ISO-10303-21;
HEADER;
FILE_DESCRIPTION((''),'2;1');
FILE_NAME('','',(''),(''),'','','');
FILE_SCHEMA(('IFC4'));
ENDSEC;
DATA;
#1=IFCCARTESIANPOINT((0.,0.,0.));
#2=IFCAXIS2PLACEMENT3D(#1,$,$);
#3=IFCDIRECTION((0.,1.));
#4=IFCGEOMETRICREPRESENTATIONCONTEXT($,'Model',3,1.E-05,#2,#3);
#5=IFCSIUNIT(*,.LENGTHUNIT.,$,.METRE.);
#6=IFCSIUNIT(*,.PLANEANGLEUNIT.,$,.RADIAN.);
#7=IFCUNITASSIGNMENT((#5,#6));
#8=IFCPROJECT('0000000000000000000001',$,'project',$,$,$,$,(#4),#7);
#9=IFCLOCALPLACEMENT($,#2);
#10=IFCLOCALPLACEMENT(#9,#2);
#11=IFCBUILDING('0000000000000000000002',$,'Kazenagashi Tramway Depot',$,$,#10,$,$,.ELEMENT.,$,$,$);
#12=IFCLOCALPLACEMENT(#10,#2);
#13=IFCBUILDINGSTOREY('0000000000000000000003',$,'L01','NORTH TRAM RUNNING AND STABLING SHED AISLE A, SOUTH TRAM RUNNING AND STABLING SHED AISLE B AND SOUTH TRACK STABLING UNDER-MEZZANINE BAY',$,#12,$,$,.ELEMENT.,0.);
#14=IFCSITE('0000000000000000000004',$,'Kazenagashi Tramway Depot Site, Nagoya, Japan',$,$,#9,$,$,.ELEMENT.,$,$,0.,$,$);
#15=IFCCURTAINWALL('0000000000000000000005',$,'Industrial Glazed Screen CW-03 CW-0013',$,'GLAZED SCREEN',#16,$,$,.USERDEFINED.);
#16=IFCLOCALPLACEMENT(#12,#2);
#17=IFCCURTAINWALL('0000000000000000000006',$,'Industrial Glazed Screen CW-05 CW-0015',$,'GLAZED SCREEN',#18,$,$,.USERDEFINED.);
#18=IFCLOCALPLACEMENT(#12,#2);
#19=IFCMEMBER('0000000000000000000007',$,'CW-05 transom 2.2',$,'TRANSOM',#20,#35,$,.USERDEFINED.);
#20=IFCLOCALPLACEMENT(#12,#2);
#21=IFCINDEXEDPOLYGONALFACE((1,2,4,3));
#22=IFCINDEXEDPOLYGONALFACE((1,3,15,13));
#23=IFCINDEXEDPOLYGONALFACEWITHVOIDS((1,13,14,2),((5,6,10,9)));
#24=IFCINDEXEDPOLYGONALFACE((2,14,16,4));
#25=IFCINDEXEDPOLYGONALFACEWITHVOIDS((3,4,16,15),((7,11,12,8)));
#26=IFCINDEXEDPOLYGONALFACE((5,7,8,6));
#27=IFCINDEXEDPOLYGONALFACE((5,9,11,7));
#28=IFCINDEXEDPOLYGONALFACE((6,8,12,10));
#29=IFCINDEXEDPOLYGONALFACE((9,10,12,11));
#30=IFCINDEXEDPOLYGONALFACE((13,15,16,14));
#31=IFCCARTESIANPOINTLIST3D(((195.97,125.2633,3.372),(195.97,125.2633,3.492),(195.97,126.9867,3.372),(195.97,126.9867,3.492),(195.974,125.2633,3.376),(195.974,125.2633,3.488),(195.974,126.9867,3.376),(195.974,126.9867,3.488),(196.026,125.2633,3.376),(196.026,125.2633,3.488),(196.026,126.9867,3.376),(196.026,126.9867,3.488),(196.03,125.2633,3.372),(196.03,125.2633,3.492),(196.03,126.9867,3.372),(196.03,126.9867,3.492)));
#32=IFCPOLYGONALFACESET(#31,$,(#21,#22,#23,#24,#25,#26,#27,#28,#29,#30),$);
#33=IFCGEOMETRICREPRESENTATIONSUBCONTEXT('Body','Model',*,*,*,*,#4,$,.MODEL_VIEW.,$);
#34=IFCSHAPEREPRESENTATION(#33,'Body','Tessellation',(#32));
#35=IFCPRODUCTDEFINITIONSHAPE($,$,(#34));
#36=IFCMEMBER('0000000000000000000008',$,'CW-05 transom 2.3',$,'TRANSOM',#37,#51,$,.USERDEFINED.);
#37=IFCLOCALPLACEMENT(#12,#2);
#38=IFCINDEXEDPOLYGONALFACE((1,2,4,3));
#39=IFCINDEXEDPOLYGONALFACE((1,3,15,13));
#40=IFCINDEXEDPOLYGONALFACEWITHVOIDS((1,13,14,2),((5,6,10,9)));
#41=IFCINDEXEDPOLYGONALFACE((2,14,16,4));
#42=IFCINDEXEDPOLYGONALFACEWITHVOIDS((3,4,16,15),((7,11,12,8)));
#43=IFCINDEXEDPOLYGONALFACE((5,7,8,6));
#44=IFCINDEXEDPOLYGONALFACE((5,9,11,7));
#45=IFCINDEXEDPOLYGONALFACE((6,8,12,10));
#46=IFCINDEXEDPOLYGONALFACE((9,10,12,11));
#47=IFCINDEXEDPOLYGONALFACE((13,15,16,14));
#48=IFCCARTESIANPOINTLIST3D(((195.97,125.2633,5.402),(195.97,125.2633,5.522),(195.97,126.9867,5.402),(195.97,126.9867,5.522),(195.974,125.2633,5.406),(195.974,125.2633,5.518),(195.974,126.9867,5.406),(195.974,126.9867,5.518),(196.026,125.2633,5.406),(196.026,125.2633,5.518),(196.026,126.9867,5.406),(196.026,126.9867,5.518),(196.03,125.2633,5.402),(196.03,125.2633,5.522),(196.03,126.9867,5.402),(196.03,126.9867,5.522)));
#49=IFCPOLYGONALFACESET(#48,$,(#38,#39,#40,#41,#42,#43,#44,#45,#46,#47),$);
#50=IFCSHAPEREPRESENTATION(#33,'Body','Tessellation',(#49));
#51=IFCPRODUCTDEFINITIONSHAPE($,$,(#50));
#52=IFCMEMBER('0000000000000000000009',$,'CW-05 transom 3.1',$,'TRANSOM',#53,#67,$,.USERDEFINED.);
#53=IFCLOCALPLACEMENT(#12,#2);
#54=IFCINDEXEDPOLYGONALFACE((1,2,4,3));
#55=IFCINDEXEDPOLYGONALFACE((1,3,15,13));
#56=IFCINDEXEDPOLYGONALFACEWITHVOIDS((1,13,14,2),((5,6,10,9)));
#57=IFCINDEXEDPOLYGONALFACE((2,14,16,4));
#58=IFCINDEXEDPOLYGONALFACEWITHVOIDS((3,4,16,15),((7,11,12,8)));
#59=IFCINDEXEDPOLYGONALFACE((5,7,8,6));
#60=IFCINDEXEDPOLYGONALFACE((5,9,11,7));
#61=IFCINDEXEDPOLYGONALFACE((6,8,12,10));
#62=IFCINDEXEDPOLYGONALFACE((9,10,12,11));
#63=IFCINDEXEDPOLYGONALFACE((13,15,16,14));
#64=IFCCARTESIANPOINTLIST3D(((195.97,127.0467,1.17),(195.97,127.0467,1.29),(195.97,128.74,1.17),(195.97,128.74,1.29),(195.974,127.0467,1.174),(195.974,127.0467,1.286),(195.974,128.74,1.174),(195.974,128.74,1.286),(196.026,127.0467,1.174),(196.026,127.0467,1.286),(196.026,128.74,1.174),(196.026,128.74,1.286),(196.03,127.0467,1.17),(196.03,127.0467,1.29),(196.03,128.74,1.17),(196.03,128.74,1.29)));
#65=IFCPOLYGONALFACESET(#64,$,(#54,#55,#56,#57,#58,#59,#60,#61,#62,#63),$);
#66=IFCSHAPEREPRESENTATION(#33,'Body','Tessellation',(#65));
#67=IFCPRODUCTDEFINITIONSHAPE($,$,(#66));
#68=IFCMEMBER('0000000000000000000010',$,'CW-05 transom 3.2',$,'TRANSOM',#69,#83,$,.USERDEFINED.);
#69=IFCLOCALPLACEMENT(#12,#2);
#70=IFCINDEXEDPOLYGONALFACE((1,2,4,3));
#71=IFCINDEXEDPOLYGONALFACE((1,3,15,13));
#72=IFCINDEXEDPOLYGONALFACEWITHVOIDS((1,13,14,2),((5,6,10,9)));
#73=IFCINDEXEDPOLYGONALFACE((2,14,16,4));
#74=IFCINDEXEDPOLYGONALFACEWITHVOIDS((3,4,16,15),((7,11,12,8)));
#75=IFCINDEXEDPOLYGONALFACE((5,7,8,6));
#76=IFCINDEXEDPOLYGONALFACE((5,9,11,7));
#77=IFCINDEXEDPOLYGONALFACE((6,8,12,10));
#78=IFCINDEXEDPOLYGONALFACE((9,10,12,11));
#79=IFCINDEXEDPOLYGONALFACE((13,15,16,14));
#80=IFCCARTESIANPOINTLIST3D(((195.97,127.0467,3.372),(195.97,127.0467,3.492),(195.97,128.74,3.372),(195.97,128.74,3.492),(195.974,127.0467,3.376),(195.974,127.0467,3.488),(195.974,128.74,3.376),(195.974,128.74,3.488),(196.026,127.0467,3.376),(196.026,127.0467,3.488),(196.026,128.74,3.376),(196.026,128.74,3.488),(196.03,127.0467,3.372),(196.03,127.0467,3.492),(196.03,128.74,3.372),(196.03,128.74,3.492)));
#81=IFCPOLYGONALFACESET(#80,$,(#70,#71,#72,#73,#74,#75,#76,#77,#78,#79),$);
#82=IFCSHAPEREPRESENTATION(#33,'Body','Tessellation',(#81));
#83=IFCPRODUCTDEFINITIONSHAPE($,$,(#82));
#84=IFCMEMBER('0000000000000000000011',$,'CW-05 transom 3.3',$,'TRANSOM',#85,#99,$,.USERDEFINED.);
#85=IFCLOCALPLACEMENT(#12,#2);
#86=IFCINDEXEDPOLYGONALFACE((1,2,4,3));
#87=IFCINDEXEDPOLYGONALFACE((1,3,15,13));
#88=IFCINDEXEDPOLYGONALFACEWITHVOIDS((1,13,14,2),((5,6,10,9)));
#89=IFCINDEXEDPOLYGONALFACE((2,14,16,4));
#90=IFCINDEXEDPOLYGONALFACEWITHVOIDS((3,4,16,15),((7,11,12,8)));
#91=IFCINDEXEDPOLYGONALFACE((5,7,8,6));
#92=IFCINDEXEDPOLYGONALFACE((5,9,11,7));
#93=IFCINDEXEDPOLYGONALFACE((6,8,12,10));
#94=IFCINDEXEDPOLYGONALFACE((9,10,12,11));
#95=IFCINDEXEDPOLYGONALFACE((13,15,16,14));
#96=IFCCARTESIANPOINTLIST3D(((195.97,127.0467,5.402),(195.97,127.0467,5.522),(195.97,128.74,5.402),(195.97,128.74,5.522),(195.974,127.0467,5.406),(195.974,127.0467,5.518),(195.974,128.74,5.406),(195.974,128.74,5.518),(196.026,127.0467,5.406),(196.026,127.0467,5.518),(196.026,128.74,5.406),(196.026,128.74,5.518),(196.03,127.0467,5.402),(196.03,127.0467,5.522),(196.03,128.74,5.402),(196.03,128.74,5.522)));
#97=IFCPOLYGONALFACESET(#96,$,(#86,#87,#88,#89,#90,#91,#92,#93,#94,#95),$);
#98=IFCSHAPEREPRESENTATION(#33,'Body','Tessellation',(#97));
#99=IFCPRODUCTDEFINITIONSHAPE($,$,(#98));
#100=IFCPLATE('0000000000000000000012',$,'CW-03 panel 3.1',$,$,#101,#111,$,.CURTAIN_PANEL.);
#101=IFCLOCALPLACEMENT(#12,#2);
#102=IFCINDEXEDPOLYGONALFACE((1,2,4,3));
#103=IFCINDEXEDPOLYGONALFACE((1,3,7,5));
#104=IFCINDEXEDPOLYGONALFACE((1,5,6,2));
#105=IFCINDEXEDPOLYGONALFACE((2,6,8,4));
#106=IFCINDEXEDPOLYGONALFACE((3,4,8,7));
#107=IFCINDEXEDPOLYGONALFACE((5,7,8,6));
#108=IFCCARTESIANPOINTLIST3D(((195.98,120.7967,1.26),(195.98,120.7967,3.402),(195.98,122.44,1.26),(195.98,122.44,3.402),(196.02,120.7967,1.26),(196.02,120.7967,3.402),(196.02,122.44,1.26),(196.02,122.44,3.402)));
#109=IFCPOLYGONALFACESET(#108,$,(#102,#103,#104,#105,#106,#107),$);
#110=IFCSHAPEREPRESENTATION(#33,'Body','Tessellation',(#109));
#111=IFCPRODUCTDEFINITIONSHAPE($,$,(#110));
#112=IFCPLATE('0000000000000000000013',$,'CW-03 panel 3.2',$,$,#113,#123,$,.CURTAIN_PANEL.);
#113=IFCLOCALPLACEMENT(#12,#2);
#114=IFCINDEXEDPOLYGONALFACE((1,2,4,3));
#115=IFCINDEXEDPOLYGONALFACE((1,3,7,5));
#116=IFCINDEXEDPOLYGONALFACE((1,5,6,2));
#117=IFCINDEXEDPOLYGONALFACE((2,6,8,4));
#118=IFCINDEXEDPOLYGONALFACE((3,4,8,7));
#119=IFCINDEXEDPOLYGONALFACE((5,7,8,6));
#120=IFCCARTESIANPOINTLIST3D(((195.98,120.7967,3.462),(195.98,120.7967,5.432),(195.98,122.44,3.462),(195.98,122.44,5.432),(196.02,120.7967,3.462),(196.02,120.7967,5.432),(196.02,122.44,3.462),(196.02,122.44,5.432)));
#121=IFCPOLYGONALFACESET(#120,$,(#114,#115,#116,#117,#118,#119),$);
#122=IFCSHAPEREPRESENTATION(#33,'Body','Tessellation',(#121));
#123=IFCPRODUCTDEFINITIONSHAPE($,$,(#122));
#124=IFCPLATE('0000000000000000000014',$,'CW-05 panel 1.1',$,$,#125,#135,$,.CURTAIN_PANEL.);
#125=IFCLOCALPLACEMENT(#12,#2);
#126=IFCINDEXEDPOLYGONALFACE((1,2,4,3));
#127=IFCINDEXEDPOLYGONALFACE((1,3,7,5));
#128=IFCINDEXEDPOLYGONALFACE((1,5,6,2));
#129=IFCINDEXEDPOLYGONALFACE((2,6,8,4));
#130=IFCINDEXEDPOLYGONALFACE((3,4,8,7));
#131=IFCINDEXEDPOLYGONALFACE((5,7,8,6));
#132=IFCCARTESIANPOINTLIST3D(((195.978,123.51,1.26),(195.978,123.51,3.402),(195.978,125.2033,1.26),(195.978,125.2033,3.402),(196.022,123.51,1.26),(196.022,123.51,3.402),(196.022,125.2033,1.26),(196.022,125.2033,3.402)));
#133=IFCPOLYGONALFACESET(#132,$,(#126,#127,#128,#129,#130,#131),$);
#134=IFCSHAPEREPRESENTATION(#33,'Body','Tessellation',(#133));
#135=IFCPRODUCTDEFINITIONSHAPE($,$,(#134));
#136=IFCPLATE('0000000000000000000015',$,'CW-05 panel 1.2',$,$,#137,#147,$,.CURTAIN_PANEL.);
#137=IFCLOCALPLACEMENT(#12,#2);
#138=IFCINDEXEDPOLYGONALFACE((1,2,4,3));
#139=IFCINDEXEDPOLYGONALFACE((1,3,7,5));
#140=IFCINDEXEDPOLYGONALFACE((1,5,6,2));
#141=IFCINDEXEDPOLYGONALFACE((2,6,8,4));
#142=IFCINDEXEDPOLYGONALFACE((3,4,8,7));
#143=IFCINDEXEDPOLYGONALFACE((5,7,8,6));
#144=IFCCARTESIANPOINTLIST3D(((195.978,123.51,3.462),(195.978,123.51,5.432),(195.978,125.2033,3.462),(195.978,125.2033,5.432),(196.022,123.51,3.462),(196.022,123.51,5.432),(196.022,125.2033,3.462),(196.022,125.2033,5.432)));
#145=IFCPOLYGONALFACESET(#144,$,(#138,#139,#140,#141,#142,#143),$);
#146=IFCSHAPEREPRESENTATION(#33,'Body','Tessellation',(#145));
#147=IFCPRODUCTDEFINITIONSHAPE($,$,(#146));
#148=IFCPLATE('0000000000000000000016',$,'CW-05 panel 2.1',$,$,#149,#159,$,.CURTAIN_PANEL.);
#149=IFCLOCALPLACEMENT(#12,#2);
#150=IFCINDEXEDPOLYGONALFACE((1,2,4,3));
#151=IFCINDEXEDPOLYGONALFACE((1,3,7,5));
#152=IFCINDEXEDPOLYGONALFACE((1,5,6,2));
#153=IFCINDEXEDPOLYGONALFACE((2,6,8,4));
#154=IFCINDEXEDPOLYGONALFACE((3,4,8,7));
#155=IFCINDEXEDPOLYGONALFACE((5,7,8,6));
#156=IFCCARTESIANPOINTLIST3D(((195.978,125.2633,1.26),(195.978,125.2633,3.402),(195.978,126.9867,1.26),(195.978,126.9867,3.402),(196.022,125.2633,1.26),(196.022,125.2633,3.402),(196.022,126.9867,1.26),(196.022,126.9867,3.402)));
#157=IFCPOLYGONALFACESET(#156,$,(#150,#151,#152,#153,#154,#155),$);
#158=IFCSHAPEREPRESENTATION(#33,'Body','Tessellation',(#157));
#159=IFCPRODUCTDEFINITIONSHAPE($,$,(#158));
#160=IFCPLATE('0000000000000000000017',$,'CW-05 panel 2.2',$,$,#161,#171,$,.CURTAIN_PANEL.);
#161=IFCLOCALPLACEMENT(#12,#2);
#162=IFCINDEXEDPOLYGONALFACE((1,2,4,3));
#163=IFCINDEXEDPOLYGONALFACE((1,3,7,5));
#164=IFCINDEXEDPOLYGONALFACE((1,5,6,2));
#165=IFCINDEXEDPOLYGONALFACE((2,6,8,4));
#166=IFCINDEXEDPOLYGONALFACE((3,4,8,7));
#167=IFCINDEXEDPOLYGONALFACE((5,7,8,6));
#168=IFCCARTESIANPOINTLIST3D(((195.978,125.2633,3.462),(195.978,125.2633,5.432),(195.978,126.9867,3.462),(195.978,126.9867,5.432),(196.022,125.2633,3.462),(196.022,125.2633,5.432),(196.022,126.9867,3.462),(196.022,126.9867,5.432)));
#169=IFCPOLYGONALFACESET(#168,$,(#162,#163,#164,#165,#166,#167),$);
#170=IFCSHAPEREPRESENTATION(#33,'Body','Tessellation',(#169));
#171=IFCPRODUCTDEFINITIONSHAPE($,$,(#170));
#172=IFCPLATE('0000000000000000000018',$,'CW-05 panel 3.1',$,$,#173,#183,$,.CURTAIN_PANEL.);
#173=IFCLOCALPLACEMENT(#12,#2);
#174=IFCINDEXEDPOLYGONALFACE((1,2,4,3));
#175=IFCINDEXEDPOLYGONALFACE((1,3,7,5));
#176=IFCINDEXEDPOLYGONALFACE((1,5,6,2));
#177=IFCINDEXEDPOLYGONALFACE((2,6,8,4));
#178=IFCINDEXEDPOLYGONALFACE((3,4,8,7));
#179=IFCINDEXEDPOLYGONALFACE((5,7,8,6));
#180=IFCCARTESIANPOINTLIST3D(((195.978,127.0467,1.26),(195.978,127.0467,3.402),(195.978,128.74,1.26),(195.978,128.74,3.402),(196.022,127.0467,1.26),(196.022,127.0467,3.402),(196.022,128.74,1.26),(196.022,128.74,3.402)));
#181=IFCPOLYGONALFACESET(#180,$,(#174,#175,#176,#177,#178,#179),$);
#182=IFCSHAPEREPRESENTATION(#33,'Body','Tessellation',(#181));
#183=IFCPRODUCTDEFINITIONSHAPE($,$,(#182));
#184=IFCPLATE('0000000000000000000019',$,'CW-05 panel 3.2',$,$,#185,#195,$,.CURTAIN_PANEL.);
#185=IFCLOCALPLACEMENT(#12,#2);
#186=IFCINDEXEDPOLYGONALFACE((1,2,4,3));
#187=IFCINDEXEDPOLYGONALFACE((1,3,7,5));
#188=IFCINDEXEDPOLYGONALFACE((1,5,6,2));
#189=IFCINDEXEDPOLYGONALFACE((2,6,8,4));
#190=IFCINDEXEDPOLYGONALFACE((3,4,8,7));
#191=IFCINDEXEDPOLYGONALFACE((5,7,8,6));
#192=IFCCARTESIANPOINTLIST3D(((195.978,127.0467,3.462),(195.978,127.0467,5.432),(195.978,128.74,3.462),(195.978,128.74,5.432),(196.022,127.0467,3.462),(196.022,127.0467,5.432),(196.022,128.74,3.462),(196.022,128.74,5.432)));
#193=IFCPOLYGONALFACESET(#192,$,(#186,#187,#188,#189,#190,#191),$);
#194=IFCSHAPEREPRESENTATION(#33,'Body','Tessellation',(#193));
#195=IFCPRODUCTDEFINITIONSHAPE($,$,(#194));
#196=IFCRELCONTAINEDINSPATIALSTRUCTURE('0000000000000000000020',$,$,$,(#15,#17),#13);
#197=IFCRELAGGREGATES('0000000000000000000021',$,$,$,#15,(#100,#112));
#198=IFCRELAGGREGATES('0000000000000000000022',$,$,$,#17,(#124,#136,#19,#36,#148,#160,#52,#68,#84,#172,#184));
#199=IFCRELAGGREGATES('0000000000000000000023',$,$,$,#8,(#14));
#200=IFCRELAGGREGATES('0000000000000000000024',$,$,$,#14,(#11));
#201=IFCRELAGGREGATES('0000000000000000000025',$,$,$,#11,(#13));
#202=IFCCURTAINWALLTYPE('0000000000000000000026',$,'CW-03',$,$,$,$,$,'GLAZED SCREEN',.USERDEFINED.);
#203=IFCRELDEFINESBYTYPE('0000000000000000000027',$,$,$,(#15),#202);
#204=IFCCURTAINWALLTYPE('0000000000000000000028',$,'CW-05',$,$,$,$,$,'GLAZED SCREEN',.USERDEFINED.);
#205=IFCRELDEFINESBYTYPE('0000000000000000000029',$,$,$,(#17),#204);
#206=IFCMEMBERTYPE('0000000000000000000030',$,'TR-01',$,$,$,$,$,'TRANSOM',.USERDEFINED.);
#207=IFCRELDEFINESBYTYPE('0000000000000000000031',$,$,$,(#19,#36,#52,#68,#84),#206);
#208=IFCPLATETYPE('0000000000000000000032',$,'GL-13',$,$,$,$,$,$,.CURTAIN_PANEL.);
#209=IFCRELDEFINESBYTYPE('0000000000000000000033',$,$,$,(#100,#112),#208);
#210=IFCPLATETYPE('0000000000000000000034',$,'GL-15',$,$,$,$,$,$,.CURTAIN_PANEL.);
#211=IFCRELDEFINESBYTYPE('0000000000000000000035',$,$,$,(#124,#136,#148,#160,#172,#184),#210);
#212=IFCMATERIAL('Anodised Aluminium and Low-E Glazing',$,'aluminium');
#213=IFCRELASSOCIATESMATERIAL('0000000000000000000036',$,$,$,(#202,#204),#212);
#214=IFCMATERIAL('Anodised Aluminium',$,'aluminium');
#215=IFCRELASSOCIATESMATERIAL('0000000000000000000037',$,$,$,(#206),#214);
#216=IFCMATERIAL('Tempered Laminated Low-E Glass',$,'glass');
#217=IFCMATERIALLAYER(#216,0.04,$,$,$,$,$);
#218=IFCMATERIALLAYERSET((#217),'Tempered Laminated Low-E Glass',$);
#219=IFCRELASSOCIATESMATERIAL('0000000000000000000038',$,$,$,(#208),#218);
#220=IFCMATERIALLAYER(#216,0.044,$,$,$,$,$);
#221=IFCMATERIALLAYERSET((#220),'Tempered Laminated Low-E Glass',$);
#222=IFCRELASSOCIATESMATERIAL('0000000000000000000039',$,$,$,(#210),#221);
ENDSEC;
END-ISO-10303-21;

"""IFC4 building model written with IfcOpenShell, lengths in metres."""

from ifc_helpers import new_model, si_unit, direction, frame, origin, origin_2d, place, context, subcontext, project, spatial, rectangle, hollow_rectangle, extrude, material, layer, layer_set, material_profile, profile_set, type_object, element, aggregate, save


model = new_model("IFC4")

# Units and contexts
model_context = context("Model", 3, precision=1e-05, world=origin(), true_north=direction((0.0, 1.0)))
body_context = subcontext(model_context, "Body", "Model", "MODEL_VIEW")
ifc_project = project(units=[si_unit("LENGTHUNIT", "METRE"), si_unit("PLANEANGLEUNIT", "RADIAN")], contexts=[model_context])

# Site, building, storey
site_placement = place(None, origin())
site = spatial("IfcSite", under=ifc_project, at=site_placement, Name="Kazenagashi Tramway Depot Site, Nagoya, Japan", CompositionType="ELEMENT", RefElevation=0.0)
building_placement = place(site_placement, origin())
building = spatial("IfcBuilding", under=site, at=building_placement, Name="Kazenagashi Tramway Depot", CompositionType="ELEMENT")
storey_placement = place(building_placement, origin())
storey = spatial("IfcBuildingStorey", under=building, at=storey_placement, Name="L01", Description="NORTH TRAM RUNNING AND STABLING SHED AISLE A, SOUTH TRAM RUNNING AND STABLING SHED AISLE B AND SOUTH TRACK STABLING UNDER-MEZZANINE BAY", CompositionType="ELEMENT", Elevation=0.0)

# Curtain wall
ifc_material_1 = material(Name="Anodised Aluminium and Low-E Glazing", Category="aluminium")
curtain_wall_type_1 = type_object("IfcCurtainWallType", Name="CW-03", ElementType="GLAZED SCREEN", PredefinedType="USERDEFINED", material=ifc_material_1)
curtain_wall_1_placement = place(storey_placement, origin())
curtain_wall_1 = element("IfcCurtainWall", 1, at=curtain_wall_1_placement, inside=storey, type_object=curtain_wall_type_1, Name="Industrial Glazed Screen CW-03 CW-0013", ObjectType="GLAZED SCREEN", PredefinedType="USERDEFINED")
ifc_material_2 = material(Name="Anodised Aluminium", Category="aluminium")

# Curtain wall
curtain_wall_type_2 = type_object("IfcCurtainWallType", Name="CW-05", ElementType="GLAZED SCREEN", PredefinedType="USERDEFINED", material=ifc_material_1)
curtain_wall_2_placement = place(storey_placement, origin())
curtain_wall_2 = element("IfcCurtainWall", 2, at=curtain_wall_2_placement, inside=storey, type_object=curtain_wall_type_2, Name="Industrial Glazed Screen CW-05 CW-0015", ObjectType="GLAZED SCREEN", PredefinedType="USERDEFINED")

# Members
ifc_material_profile_1 = material_profile(ifc_material_2, hollow_rectangle(XDim=0.06, YDim=0.12, WallThickness=0.004, at=origin_2d()), Name="RHS-120x60x4")
ifc_profile_set_1 = profile_set([ifc_material_profile_1], Name="Anodised Aluminium")
member_type_1 = type_object("IfcMemberType", Name="TR-01", ElementType="TRANSOM", PredefinedType="USERDEFINED", material=ifc_profile_set_1)
member_1_placement = place(storey_placement, frame((196.0, 125.2633, 3.432), z_axis=(0.0, 1.0, 0.0), x_axis=(-1.0, 0.0, 0.0)))
member_1 = element("IfcMember", 3, at=member_1_placement, type_object=member_type_1, Name="CW-05 transom 2.2", ObjectType="TRANSOM", PredefinedType="USERDEFINED", context=body_context, shape_type="SweptSolid", body=[
    extrude(hollow_rectangle(XDim=0.06, YDim=0.12, WallThickness=0.004, at=origin_2d()), origin(), (0.0, 0.0, 1.0), 1.7233),
])
member_2_placement = place(storey_placement, frame((196.0, 125.2633, 5.462), z_axis=(0.0, 1.0, 0.0), x_axis=(-1.0, 0.0, 0.0)))
member_2 = element("IfcMember", 4, at=member_2_placement, type_object=member_type_1, Name="CW-05 transom 2.3", ObjectType="TRANSOM", PredefinedType="USERDEFINED", context=body_context, shape_type="SweptSolid", body=[
    extrude(hollow_rectangle(XDim=0.06, YDim=0.12, WallThickness=0.004, at=origin_2d()), origin(), (0.0, 0.0, 1.0), 1.7233),
])
member_3_placement = place(storey_placement, frame((196.0, 127.0467, 1.23), z_axis=(0.0, 1.0, 0.0), x_axis=(-1.0, 0.0, 0.0)))
member_3 = element("IfcMember", 5, at=member_3_placement, type_object=member_type_1, Name="CW-05 transom 3.1", ObjectType="TRANSOM", PredefinedType="USERDEFINED", context=body_context, shape_type="SweptSolid", body=[
    extrude(hollow_rectangle(XDim=0.06, YDim=0.12, WallThickness=0.004, at=origin_2d()), origin(), (0.0, 0.0, 1.0), 1.6933),
])
member_4_placement = place(storey_placement, frame((196.0, 127.0467, 3.432), z_axis=(0.0, 1.0, 0.0), x_axis=(-1.0, 0.0, 0.0)))
member_4 = element("IfcMember", 6, at=member_4_placement, type_object=member_type_1, Name="CW-05 transom 3.2", ObjectType="TRANSOM", PredefinedType="USERDEFINED", context=body_context, shape_type="SweptSolid", body=[
    extrude(hollow_rectangle(XDim=0.06, YDim=0.12, WallThickness=0.004, at=origin_2d()), origin(), (0.0, 0.0, 1.0), 1.6933),
])
member_5_placement = place(storey_placement, frame((196.0, 127.0467, 5.462), z_axis=(0.0, 1.0, 0.0), x_axis=(-1.0, 0.0, 0.0)))
member_5 = element("IfcMember", 7, at=member_5_placement, type_object=member_type_1, Name="CW-05 transom 3.3", ObjectType="TRANSOM", PredefinedType="USERDEFINED", context=body_context, shape_type="SweptSolid", body=[
    extrude(hollow_rectangle(XDim=0.06, YDim=0.12, WallThickness=0.004, at=origin_2d()), origin(), (0.0, 0.0, 1.0), 1.6933),
])

# Plates
ifc_material_3 = material(Name="Tempered Laminated Low-E Glass", Category="glass")
ifc_layer_1 = layer(ifc_material_3, 0.04)
ifc_layer_set_1 = layer_set([ifc_layer_1], Name="Tempered Laminated Low-E Glass")
plate_type_1 = type_object("IfcPlateType", Name="GL-13", PredefinedType="CURTAIN_PANEL", material=ifc_layer_set_1)
plate_1_placement = place(storey_placement, frame((196.0, 121.6183, 1.26), z_axis=(0.0, 0.0, 1.0), x_axis=(0.0, 1.0, 0.0)))
plate_1 = element("IfcPlate", 8, at=plate_1_placement, type_object=plate_type_1, Name="CW-03 panel 3.1", PredefinedType="CURTAIN_PANEL", context=body_context, shape_type="SweptSolid", body=[
    extrude(rectangle(XDim=1.6433, YDim=0.04, at=origin_2d()), origin(), (0.0, 0.0, 1.0), 2.142),
])
plate_2_placement = place(storey_placement, frame((196.0, 121.6183, 3.462), z_axis=(0.0, 0.0, 1.0), x_axis=(0.0, 1.0, 0.0)))
plate_2 = element("IfcPlate", 9, at=plate_2_placement, type_object=plate_type_1, Name="CW-03 panel 3.2", PredefinedType="CURTAIN_PANEL", context=body_context, shape_type="SweptSolid", body=[
    extrude(rectangle(XDim=1.6433, YDim=0.04, at=origin_2d()), origin(), (0.0, 0.0, 1.0), 1.97),
])
aggregate(curtain_wall_1, [plate_1, plate_2])
ifc_layer_2 = layer(ifc_material_3, 0.044)
ifc_layer_set_2 = layer_set([ifc_layer_2], Name="Tempered Laminated Low-E Glass")
plate_type_2 = type_object("IfcPlateType", Name="GL-15", PredefinedType="CURTAIN_PANEL", material=ifc_layer_set_2)
plate_3_placement = place(storey_placement, frame((196.0, 124.3567, 1.26), z_axis=(0.0, 0.0, 1.0), x_axis=(0.0, 1.0, 0.0)))
plate_3 = element("IfcPlate", 10, at=plate_3_placement, type_object=plate_type_2, Name="CW-05 panel 1.1", PredefinedType="CURTAIN_PANEL", context=body_context, shape_type="SweptSolid", body=[
    extrude(rectangle(XDim=1.6933, YDim=0.044, at=origin_2d()), origin(), (0.0, 0.0, 1.0), 2.142),
])
plate_4_placement = place(storey_placement, frame((196.0, 124.3567, 3.462), z_axis=(0.0, 0.0, 1.0), x_axis=(0.0, 1.0, 0.0)))
plate_4 = element("IfcPlate", 11, at=plate_4_placement, type_object=plate_type_2, Name="CW-05 panel 1.2", PredefinedType="CURTAIN_PANEL", context=body_context, shape_type="SweptSolid", body=[
    extrude(rectangle(XDim=1.6933, YDim=0.044, at=origin_2d()), origin(), (0.0, 0.0, 1.0), 1.97),
])
plate_5_placement = place(storey_placement, frame((196.0, 126.125, 1.26), z_axis=(0.0, 0.0, 1.0), x_axis=(0.0, 1.0, 0.0)))
plate_5 = element("IfcPlate", 12, at=plate_5_placement, type_object=plate_type_2, Name="CW-05 panel 2.1", PredefinedType="CURTAIN_PANEL", context=body_context, shape_type="SweptSolid", body=[
    extrude(rectangle(XDim=1.7233, YDim=0.044, at=origin_2d()), origin(), (0.0, 0.0, 1.0), 2.142),
])
plate_6_placement = place(storey_placement, frame((196.0, 126.125, 3.462), z_axis=(0.0, 0.0, 1.0), x_axis=(0.0, 1.0, 0.0)))
plate_6 = element("IfcPlate", 13, at=plate_6_placement, type_object=plate_type_2, Name="CW-05 panel 2.2", PredefinedType="CURTAIN_PANEL", context=body_context, shape_type="SweptSolid", body=[
    extrude(rectangle(XDim=1.7233, YDim=0.044, at=origin_2d()), origin(), (0.0, 0.0, 1.0), 1.97),
])
plate_7_placement = place(storey_placement, frame((196.0, 127.8933, 1.26), z_axis=(0.0, 0.0, 1.0), x_axis=(0.0, 1.0, 0.0)))
plate_7 = element("IfcPlate", 14, at=plate_7_placement, type_object=plate_type_2, Name="CW-05 panel 3.1", PredefinedType="CURTAIN_PANEL", context=body_context, shape_type="SweptSolid", body=[
    extrude(rectangle(XDim=1.6933, YDim=0.044, at=origin_2d()), origin(), (0.0, 0.0, 1.0), 2.142),
])
plate_8_placement = place(storey_placement, frame((196.0, 127.8933, 3.462), z_axis=(0.0, 0.0, 1.0), x_axis=(0.0, 1.0, 0.0)))
plate_8 = element("IfcPlate", 15, at=plate_8_placement, type_object=plate_type_2, Name="CW-05 panel 3.2", PredefinedType="CURTAIN_PANEL", context=body_context, shape_type="SweptSolid", body=[
    extrude(rectangle(XDim=1.6933, YDim=0.044, at=origin_2d()), origin(), (0.0, 0.0, 1.0), 1.97),
])
aggregate(curtain_wall_2, [plate_3, plate_4, member_1, member_2, plate_5, plate_6, member_3, member_4, member_5, plate_7, plate_8])

save(model, "model.ifc")
